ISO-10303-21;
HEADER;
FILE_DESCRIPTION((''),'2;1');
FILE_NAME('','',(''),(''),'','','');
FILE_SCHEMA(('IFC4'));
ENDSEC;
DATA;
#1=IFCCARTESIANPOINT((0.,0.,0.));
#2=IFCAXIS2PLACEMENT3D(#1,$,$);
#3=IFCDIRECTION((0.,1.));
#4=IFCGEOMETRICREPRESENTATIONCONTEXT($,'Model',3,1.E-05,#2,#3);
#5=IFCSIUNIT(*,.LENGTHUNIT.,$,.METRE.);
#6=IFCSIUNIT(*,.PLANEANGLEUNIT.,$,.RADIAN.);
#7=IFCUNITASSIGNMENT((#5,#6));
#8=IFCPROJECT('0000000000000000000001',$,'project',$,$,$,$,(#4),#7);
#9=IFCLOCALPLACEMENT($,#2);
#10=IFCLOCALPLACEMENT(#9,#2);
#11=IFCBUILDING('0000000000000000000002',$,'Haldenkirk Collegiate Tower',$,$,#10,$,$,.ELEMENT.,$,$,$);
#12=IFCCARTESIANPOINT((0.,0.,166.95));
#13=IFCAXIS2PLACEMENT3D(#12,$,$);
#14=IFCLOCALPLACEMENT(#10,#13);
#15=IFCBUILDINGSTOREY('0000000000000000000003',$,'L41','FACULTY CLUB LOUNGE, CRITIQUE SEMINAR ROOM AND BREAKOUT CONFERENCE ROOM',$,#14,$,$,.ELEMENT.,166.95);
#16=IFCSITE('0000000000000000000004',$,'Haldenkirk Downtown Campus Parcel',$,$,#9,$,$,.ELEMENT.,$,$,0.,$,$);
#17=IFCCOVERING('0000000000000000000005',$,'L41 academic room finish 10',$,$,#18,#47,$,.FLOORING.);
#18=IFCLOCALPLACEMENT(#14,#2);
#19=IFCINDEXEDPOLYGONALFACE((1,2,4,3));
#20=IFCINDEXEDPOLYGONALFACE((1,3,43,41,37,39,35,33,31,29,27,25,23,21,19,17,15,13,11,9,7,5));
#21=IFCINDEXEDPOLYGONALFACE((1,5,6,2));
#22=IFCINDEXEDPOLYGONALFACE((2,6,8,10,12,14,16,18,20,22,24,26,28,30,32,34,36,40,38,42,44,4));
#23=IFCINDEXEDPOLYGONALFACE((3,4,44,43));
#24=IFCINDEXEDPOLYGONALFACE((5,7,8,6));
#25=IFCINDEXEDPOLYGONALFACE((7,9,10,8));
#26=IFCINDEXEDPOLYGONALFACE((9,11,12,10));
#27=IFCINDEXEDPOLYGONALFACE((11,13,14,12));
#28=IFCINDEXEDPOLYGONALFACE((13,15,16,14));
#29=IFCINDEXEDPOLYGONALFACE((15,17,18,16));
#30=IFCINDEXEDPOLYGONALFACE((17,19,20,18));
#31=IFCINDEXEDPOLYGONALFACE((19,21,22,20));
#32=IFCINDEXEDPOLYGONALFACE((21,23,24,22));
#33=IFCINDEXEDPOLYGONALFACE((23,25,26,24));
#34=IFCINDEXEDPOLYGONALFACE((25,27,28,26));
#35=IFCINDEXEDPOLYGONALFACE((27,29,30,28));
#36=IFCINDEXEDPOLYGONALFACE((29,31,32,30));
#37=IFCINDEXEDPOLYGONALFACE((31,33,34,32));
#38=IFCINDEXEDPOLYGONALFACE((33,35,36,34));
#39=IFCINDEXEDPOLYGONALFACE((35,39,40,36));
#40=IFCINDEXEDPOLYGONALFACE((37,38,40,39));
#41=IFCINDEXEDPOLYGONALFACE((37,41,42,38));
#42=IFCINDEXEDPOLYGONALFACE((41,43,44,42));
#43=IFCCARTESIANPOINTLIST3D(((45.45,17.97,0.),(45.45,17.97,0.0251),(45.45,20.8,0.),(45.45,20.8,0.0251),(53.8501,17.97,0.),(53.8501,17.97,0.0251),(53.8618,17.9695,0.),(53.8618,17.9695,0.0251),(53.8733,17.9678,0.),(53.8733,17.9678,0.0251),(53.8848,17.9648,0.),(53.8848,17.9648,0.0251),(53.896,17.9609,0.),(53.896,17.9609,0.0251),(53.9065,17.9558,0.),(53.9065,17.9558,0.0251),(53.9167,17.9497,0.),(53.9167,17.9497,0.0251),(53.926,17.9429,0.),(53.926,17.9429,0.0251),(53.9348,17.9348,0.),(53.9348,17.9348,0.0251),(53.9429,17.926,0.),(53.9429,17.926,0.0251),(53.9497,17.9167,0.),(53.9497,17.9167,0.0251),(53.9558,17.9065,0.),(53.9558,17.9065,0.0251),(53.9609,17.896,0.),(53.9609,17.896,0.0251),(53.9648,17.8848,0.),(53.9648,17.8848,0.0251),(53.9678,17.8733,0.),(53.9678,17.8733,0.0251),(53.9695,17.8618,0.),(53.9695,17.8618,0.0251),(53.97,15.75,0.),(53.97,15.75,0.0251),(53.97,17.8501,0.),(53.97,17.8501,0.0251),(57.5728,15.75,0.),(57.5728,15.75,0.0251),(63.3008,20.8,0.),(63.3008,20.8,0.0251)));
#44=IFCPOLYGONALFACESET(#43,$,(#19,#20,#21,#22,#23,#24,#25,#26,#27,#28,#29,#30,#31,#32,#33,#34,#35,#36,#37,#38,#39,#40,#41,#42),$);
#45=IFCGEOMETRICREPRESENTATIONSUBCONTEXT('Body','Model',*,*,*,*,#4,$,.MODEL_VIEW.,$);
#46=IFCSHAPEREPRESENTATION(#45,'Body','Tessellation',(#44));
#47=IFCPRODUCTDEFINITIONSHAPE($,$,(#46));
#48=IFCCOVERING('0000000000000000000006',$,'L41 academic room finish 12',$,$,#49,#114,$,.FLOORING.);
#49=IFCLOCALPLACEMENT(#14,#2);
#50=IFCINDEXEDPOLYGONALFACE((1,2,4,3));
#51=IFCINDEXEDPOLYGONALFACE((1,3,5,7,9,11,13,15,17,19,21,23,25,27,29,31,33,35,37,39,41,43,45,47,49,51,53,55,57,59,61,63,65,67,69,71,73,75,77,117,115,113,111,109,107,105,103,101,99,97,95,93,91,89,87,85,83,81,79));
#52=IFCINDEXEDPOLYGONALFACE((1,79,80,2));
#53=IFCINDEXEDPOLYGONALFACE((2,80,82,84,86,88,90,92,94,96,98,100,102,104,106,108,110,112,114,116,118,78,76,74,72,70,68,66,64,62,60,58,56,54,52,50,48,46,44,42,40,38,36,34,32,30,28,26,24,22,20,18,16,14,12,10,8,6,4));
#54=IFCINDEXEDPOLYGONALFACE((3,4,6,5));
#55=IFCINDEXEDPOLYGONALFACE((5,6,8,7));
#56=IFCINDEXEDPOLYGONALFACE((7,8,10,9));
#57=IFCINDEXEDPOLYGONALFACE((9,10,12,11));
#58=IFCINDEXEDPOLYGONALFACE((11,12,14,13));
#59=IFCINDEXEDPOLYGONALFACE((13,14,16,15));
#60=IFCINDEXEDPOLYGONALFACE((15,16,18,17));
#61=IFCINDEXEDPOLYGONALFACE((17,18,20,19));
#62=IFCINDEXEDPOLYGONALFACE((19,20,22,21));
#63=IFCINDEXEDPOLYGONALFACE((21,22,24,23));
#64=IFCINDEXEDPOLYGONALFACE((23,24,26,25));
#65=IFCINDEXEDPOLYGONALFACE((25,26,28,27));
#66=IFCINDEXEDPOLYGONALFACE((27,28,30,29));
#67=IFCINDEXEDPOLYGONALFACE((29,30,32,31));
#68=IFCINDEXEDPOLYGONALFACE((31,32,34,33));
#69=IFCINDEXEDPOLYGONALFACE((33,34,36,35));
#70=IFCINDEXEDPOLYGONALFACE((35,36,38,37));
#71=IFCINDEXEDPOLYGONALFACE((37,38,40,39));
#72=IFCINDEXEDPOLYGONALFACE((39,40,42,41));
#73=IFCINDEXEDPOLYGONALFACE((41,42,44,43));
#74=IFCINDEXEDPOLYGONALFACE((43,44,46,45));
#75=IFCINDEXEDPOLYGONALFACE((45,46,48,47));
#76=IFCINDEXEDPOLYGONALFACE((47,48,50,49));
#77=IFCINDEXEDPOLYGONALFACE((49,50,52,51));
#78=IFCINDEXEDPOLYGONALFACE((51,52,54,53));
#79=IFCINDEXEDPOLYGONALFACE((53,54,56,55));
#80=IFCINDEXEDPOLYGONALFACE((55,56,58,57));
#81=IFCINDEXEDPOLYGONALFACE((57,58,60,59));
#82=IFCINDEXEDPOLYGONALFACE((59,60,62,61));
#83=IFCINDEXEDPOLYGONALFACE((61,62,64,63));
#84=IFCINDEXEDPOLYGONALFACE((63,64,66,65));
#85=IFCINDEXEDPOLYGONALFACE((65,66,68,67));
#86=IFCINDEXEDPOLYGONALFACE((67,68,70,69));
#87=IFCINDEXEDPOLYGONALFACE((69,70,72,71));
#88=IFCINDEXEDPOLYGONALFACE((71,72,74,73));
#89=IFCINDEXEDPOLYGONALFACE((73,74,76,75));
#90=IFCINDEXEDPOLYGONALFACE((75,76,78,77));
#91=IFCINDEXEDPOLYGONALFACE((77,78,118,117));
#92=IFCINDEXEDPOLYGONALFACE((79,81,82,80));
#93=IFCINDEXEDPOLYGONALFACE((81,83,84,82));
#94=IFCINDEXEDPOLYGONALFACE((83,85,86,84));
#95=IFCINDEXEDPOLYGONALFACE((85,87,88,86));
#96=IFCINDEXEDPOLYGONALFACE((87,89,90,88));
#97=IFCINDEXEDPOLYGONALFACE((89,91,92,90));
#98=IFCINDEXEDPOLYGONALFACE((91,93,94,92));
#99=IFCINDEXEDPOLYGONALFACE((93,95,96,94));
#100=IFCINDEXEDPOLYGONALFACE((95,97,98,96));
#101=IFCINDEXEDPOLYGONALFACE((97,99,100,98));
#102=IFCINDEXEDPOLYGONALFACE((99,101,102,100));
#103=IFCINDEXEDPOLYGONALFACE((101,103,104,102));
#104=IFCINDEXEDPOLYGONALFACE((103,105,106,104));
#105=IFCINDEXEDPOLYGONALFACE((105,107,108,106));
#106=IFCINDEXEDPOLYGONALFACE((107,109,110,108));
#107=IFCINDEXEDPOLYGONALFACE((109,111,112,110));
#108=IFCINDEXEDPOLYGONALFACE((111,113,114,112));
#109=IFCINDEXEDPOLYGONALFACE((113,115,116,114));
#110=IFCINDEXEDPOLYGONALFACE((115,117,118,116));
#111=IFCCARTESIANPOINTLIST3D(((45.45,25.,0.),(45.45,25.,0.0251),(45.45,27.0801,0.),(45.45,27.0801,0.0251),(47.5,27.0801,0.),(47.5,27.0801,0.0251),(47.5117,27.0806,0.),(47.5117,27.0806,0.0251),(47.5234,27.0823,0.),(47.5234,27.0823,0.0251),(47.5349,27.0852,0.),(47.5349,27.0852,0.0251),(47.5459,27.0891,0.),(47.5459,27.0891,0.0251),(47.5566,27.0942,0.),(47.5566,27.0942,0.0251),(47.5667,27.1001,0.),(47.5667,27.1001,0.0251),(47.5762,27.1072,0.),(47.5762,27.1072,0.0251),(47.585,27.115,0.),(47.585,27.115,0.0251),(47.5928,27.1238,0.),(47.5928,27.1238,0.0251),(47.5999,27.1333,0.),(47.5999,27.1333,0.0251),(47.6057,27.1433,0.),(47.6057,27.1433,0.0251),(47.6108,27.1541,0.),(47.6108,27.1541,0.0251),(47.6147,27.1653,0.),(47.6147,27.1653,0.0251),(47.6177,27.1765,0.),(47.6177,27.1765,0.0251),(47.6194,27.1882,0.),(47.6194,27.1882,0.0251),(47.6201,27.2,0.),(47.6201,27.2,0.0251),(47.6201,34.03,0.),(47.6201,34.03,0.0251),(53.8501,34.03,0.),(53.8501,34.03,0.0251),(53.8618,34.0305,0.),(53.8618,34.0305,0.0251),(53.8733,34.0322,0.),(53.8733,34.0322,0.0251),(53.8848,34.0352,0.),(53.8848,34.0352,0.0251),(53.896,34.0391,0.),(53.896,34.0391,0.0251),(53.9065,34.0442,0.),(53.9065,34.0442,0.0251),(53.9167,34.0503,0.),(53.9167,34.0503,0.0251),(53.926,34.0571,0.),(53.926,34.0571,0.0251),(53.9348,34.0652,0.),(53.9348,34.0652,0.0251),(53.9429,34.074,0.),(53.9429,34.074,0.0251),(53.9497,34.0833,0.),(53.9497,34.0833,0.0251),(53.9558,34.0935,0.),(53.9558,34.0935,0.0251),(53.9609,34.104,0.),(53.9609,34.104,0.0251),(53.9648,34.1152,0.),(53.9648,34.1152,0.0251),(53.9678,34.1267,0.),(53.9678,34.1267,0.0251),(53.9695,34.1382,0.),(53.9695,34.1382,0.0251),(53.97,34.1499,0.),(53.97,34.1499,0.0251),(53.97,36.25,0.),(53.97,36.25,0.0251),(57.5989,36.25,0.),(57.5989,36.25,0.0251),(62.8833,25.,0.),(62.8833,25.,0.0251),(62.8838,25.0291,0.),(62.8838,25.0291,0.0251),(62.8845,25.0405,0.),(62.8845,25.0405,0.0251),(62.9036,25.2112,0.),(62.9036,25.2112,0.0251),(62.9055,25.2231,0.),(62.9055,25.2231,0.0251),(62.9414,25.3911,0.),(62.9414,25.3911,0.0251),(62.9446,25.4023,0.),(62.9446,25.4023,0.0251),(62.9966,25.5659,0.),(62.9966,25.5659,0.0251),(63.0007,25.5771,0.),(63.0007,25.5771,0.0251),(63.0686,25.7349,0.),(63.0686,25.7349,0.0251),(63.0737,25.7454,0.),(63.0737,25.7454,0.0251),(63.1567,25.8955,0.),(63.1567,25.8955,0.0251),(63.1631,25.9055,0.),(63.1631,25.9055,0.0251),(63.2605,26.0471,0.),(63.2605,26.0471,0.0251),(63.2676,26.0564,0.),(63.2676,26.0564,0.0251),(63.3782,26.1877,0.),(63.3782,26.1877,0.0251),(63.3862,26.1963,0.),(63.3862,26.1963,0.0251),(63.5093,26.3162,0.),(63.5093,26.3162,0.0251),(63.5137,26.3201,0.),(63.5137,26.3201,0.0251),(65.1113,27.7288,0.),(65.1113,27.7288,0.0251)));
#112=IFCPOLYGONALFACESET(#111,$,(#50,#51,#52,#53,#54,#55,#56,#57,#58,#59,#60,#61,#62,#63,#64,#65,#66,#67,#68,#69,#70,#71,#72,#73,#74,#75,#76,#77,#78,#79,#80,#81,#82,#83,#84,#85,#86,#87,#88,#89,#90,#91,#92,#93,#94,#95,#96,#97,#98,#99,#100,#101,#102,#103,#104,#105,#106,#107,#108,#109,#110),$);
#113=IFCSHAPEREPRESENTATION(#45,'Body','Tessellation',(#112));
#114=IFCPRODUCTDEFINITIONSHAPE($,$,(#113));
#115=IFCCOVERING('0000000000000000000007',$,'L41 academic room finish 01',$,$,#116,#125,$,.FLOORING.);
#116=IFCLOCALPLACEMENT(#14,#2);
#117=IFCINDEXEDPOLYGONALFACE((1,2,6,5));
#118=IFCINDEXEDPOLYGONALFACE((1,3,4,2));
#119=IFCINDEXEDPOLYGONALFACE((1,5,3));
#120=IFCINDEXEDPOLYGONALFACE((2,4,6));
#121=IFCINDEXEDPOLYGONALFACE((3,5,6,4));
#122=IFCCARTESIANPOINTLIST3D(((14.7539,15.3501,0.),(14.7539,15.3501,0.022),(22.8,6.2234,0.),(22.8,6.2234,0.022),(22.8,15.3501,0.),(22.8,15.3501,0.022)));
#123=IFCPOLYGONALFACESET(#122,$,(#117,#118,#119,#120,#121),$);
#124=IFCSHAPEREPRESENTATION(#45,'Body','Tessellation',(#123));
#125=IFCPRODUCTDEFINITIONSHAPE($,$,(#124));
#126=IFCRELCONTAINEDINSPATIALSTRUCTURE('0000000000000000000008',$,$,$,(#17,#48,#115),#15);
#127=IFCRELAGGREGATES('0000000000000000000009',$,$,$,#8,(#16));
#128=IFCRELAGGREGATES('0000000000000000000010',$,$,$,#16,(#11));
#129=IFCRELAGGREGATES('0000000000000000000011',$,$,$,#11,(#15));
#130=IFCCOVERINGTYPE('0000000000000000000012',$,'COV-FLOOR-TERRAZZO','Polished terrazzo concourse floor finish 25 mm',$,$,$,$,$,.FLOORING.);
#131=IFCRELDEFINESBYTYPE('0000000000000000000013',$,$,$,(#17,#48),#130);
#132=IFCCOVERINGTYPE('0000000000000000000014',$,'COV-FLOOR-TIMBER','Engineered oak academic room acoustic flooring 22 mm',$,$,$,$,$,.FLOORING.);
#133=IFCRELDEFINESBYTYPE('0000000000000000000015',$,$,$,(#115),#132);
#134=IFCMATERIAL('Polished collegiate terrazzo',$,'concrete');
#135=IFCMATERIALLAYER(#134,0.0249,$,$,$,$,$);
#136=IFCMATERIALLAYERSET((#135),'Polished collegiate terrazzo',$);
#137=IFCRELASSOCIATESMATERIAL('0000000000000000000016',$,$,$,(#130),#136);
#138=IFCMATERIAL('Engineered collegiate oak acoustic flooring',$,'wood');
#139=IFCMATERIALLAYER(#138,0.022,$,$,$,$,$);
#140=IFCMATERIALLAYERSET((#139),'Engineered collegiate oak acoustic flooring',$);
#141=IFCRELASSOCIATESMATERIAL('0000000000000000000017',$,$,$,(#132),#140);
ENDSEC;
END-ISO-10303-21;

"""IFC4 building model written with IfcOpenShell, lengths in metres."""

from ifc_helpers import new_model, si_unit, direction, frame, origin, place, context, subcontext, project, spatial, polyline, outline, extrude, material, layer, layer_set, type_object, element, save


model = new_model("IFC4")

# Units and contexts
model_context = context("Model", 3, precision=1e-05, world=origin(), true_north=direction((0.0, 1.0)))
body_context = subcontext(model_context, "Body", "Model", "MODEL_VIEW")
ifc_project = project(units=[si_unit("LENGTHUNIT", "METRE"), si_unit("PLANEANGLEUNIT", "RADIAN")], contexts=[model_context])

# Site, building, storey
site_placement = place(None, origin())
site = spatial("IfcSite", under=ifc_project, at=site_placement, Name="Haldenkirk Downtown Campus Parcel", CompositionType="ELEMENT", RefElevation=0.0)
building_placement = place(site_placement, origin())
building = spatial("IfcBuilding", under=site, at=building_placement, Name="Haldenkirk Collegiate Tower", CompositionType="ELEMENT")
storey_placement = place(building_placement, frame((0.0, 0.0, 166.95)))
storey = spatial("IfcBuildingStorey", under=building, at=storey_placement, Name="L41", Description="FACULTY CLUB LOUNGE, CRITIQUE SEMINAR ROOM AND BREAKOUT CONFERENCE ROOM", CompositionType="ELEMENT", Elevation=166.95)

# Coverings
ifc_material_1 = material(Name="Polished collegiate terrazzo", Category="concrete")
ifc_layer_1 = layer(ifc_material_1, 0.0249)
ifc_layer_set_1 = layer_set([ifc_layer_1], Name="Polished collegiate terrazzo")
covering_type_1 = type_object("IfcCoveringType", Name="COV-FLOOR-TERRAZZO", Description="Polished terrazzo concourse floor finish 25 mm", PredefinedType="FLOORING", material=ifc_layer_set_1)
covering_1_placement = place(storey_placement, origin())
element("IfcCovering", 1, at=covering_1_placement, inside=storey, type_object=covering_type_1, Name="L41 academic room finish 10", PredefinedType="FLOORING", context=body_context, shape_type="SweptSolid", body=[
    extrude(outline(polyline([(57.5728, 15.75), (53.97, 15.75), (53.97, 17.8501), (53.9695, 17.8618), (53.9678, 17.8733), (53.9648, 17.8848), (53.9609, 17.896), (53.9558, 17.9065), (53.9497, 17.9167), (53.9429, 17.926), (53.9348, 17.9348), (53.926, 17.9429), (53.9167, 17.9497), (53.9065, 17.9558), (53.896, 17.9609), (53.8848, 17.9648), (53.8733, 17.9678), (53.8618, 17.9695), (53.8501, 17.97), (45.45, 17.97), (45.45, 20.8), (63.3008, 20.8), (57.5728, 15.75)])), origin(), (0.0, 0.0, 1.0), 0.0251),
])
covering_2_placement = place(storey_placement, origin())
element("IfcCovering", 2, at=covering_2_placement, inside=storey, type_object=covering_type_1, Name="L41 academic room finish 12", PredefinedType="FLOORING", context=body_context, shape_type="SweptSolid", body=[
    extrude(outline(polyline([(63.5137, 26.3201), (63.5093, 26.3162), (63.3862, 26.1963), (63.3782, 26.1877), (63.2676, 26.0564), (63.2605, 26.0471), (63.1631, 25.9055), (63.1567, 25.8955), (63.0737, 25.7454), (63.0686, 25.7349), (63.0007, 25.5771), (62.9966, 25.5659), (62.9446, 25.4023), (62.9414, 25.3911), (62.9055, 25.2231), (62.9036, 25.2112), (62.8845, 25.0405), (62.8838, 25.0291), (62.8833, 25.0), (45.45, 25.0), (45.45, 27.0801), (47.5, 27.0801), (47.5117, 27.0806), (47.5234, 27.0823), (47.5349, 27.0852), (47.5459, 27.0891), (47.5566, 27.0942), (47.5667, 27.1001), (47.5762, 27.1072), (47.585, 27.115), (47.5928, 27.1238), (47.5999, 27.1333), (47.6057, 27.1433), (47.6108, 27.1541), (47.6147, 27.1653), (47.6177, 27.1765), (47.6194, 27.1882), (47.6201, 27.2), (47.6201, 34.03), (53.8501, 34.03), (53.8618, 34.0305), (53.8733, 34.0322), (53.8848, 34.0352), (53.896, 34.0391), (53.9065, 34.0442), (53.9167, 34.0503), (53.926, 34.0571), (53.9348, 34.0652), (53.9429, 34.074), (53.9497, 34.0833), (53.9558, 34.0935), (53.9609, 34.104), (53.9648, 34.1152), (53.9678, 34.1267), (53.9695, 34.1382), (53.97, 34.1499), (53.97, 36.25), (57.5989, 36.25), (65.1113, 27.7288), (63.5137, 26.3201)])), origin(), (0.0, 0.0, 1.0), 0.0251),
])
ifc_material_2 = material(Name="Engineered collegiate oak acoustic flooring", Category="wood")
ifc_layer_2 = layer(ifc_material_2, 0.022)
ifc_layer_set_2 = layer_set([ifc_layer_2], Name="Engineered collegiate oak acoustic flooring")
covering_type_2 = type_object("IfcCoveringType", Name="COV-FLOOR-TIMBER", Description="Engineered oak academic room acoustic flooring 22 mm", PredefinedType="FLOORING", material=ifc_layer_set_2)
covering_3_placement = place(storey_placement, origin())
element("IfcCovering", 3, at=covering_3_placement, inside=storey, type_object=covering_type_2, Name="L41 academic room finish 01", PredefinedType="FLOORING", context=body_context, shape_type="SweptSolid", body=[
    extrude(outline(polyline([(14.7539, 15.3501), (22.8, 15.3501), (22.8, 6.2234), (14.7539, 15.3501)])), origin(), (0.0, 0.0, 1.0), 0.022),
])

save(model, "model.ifc")
